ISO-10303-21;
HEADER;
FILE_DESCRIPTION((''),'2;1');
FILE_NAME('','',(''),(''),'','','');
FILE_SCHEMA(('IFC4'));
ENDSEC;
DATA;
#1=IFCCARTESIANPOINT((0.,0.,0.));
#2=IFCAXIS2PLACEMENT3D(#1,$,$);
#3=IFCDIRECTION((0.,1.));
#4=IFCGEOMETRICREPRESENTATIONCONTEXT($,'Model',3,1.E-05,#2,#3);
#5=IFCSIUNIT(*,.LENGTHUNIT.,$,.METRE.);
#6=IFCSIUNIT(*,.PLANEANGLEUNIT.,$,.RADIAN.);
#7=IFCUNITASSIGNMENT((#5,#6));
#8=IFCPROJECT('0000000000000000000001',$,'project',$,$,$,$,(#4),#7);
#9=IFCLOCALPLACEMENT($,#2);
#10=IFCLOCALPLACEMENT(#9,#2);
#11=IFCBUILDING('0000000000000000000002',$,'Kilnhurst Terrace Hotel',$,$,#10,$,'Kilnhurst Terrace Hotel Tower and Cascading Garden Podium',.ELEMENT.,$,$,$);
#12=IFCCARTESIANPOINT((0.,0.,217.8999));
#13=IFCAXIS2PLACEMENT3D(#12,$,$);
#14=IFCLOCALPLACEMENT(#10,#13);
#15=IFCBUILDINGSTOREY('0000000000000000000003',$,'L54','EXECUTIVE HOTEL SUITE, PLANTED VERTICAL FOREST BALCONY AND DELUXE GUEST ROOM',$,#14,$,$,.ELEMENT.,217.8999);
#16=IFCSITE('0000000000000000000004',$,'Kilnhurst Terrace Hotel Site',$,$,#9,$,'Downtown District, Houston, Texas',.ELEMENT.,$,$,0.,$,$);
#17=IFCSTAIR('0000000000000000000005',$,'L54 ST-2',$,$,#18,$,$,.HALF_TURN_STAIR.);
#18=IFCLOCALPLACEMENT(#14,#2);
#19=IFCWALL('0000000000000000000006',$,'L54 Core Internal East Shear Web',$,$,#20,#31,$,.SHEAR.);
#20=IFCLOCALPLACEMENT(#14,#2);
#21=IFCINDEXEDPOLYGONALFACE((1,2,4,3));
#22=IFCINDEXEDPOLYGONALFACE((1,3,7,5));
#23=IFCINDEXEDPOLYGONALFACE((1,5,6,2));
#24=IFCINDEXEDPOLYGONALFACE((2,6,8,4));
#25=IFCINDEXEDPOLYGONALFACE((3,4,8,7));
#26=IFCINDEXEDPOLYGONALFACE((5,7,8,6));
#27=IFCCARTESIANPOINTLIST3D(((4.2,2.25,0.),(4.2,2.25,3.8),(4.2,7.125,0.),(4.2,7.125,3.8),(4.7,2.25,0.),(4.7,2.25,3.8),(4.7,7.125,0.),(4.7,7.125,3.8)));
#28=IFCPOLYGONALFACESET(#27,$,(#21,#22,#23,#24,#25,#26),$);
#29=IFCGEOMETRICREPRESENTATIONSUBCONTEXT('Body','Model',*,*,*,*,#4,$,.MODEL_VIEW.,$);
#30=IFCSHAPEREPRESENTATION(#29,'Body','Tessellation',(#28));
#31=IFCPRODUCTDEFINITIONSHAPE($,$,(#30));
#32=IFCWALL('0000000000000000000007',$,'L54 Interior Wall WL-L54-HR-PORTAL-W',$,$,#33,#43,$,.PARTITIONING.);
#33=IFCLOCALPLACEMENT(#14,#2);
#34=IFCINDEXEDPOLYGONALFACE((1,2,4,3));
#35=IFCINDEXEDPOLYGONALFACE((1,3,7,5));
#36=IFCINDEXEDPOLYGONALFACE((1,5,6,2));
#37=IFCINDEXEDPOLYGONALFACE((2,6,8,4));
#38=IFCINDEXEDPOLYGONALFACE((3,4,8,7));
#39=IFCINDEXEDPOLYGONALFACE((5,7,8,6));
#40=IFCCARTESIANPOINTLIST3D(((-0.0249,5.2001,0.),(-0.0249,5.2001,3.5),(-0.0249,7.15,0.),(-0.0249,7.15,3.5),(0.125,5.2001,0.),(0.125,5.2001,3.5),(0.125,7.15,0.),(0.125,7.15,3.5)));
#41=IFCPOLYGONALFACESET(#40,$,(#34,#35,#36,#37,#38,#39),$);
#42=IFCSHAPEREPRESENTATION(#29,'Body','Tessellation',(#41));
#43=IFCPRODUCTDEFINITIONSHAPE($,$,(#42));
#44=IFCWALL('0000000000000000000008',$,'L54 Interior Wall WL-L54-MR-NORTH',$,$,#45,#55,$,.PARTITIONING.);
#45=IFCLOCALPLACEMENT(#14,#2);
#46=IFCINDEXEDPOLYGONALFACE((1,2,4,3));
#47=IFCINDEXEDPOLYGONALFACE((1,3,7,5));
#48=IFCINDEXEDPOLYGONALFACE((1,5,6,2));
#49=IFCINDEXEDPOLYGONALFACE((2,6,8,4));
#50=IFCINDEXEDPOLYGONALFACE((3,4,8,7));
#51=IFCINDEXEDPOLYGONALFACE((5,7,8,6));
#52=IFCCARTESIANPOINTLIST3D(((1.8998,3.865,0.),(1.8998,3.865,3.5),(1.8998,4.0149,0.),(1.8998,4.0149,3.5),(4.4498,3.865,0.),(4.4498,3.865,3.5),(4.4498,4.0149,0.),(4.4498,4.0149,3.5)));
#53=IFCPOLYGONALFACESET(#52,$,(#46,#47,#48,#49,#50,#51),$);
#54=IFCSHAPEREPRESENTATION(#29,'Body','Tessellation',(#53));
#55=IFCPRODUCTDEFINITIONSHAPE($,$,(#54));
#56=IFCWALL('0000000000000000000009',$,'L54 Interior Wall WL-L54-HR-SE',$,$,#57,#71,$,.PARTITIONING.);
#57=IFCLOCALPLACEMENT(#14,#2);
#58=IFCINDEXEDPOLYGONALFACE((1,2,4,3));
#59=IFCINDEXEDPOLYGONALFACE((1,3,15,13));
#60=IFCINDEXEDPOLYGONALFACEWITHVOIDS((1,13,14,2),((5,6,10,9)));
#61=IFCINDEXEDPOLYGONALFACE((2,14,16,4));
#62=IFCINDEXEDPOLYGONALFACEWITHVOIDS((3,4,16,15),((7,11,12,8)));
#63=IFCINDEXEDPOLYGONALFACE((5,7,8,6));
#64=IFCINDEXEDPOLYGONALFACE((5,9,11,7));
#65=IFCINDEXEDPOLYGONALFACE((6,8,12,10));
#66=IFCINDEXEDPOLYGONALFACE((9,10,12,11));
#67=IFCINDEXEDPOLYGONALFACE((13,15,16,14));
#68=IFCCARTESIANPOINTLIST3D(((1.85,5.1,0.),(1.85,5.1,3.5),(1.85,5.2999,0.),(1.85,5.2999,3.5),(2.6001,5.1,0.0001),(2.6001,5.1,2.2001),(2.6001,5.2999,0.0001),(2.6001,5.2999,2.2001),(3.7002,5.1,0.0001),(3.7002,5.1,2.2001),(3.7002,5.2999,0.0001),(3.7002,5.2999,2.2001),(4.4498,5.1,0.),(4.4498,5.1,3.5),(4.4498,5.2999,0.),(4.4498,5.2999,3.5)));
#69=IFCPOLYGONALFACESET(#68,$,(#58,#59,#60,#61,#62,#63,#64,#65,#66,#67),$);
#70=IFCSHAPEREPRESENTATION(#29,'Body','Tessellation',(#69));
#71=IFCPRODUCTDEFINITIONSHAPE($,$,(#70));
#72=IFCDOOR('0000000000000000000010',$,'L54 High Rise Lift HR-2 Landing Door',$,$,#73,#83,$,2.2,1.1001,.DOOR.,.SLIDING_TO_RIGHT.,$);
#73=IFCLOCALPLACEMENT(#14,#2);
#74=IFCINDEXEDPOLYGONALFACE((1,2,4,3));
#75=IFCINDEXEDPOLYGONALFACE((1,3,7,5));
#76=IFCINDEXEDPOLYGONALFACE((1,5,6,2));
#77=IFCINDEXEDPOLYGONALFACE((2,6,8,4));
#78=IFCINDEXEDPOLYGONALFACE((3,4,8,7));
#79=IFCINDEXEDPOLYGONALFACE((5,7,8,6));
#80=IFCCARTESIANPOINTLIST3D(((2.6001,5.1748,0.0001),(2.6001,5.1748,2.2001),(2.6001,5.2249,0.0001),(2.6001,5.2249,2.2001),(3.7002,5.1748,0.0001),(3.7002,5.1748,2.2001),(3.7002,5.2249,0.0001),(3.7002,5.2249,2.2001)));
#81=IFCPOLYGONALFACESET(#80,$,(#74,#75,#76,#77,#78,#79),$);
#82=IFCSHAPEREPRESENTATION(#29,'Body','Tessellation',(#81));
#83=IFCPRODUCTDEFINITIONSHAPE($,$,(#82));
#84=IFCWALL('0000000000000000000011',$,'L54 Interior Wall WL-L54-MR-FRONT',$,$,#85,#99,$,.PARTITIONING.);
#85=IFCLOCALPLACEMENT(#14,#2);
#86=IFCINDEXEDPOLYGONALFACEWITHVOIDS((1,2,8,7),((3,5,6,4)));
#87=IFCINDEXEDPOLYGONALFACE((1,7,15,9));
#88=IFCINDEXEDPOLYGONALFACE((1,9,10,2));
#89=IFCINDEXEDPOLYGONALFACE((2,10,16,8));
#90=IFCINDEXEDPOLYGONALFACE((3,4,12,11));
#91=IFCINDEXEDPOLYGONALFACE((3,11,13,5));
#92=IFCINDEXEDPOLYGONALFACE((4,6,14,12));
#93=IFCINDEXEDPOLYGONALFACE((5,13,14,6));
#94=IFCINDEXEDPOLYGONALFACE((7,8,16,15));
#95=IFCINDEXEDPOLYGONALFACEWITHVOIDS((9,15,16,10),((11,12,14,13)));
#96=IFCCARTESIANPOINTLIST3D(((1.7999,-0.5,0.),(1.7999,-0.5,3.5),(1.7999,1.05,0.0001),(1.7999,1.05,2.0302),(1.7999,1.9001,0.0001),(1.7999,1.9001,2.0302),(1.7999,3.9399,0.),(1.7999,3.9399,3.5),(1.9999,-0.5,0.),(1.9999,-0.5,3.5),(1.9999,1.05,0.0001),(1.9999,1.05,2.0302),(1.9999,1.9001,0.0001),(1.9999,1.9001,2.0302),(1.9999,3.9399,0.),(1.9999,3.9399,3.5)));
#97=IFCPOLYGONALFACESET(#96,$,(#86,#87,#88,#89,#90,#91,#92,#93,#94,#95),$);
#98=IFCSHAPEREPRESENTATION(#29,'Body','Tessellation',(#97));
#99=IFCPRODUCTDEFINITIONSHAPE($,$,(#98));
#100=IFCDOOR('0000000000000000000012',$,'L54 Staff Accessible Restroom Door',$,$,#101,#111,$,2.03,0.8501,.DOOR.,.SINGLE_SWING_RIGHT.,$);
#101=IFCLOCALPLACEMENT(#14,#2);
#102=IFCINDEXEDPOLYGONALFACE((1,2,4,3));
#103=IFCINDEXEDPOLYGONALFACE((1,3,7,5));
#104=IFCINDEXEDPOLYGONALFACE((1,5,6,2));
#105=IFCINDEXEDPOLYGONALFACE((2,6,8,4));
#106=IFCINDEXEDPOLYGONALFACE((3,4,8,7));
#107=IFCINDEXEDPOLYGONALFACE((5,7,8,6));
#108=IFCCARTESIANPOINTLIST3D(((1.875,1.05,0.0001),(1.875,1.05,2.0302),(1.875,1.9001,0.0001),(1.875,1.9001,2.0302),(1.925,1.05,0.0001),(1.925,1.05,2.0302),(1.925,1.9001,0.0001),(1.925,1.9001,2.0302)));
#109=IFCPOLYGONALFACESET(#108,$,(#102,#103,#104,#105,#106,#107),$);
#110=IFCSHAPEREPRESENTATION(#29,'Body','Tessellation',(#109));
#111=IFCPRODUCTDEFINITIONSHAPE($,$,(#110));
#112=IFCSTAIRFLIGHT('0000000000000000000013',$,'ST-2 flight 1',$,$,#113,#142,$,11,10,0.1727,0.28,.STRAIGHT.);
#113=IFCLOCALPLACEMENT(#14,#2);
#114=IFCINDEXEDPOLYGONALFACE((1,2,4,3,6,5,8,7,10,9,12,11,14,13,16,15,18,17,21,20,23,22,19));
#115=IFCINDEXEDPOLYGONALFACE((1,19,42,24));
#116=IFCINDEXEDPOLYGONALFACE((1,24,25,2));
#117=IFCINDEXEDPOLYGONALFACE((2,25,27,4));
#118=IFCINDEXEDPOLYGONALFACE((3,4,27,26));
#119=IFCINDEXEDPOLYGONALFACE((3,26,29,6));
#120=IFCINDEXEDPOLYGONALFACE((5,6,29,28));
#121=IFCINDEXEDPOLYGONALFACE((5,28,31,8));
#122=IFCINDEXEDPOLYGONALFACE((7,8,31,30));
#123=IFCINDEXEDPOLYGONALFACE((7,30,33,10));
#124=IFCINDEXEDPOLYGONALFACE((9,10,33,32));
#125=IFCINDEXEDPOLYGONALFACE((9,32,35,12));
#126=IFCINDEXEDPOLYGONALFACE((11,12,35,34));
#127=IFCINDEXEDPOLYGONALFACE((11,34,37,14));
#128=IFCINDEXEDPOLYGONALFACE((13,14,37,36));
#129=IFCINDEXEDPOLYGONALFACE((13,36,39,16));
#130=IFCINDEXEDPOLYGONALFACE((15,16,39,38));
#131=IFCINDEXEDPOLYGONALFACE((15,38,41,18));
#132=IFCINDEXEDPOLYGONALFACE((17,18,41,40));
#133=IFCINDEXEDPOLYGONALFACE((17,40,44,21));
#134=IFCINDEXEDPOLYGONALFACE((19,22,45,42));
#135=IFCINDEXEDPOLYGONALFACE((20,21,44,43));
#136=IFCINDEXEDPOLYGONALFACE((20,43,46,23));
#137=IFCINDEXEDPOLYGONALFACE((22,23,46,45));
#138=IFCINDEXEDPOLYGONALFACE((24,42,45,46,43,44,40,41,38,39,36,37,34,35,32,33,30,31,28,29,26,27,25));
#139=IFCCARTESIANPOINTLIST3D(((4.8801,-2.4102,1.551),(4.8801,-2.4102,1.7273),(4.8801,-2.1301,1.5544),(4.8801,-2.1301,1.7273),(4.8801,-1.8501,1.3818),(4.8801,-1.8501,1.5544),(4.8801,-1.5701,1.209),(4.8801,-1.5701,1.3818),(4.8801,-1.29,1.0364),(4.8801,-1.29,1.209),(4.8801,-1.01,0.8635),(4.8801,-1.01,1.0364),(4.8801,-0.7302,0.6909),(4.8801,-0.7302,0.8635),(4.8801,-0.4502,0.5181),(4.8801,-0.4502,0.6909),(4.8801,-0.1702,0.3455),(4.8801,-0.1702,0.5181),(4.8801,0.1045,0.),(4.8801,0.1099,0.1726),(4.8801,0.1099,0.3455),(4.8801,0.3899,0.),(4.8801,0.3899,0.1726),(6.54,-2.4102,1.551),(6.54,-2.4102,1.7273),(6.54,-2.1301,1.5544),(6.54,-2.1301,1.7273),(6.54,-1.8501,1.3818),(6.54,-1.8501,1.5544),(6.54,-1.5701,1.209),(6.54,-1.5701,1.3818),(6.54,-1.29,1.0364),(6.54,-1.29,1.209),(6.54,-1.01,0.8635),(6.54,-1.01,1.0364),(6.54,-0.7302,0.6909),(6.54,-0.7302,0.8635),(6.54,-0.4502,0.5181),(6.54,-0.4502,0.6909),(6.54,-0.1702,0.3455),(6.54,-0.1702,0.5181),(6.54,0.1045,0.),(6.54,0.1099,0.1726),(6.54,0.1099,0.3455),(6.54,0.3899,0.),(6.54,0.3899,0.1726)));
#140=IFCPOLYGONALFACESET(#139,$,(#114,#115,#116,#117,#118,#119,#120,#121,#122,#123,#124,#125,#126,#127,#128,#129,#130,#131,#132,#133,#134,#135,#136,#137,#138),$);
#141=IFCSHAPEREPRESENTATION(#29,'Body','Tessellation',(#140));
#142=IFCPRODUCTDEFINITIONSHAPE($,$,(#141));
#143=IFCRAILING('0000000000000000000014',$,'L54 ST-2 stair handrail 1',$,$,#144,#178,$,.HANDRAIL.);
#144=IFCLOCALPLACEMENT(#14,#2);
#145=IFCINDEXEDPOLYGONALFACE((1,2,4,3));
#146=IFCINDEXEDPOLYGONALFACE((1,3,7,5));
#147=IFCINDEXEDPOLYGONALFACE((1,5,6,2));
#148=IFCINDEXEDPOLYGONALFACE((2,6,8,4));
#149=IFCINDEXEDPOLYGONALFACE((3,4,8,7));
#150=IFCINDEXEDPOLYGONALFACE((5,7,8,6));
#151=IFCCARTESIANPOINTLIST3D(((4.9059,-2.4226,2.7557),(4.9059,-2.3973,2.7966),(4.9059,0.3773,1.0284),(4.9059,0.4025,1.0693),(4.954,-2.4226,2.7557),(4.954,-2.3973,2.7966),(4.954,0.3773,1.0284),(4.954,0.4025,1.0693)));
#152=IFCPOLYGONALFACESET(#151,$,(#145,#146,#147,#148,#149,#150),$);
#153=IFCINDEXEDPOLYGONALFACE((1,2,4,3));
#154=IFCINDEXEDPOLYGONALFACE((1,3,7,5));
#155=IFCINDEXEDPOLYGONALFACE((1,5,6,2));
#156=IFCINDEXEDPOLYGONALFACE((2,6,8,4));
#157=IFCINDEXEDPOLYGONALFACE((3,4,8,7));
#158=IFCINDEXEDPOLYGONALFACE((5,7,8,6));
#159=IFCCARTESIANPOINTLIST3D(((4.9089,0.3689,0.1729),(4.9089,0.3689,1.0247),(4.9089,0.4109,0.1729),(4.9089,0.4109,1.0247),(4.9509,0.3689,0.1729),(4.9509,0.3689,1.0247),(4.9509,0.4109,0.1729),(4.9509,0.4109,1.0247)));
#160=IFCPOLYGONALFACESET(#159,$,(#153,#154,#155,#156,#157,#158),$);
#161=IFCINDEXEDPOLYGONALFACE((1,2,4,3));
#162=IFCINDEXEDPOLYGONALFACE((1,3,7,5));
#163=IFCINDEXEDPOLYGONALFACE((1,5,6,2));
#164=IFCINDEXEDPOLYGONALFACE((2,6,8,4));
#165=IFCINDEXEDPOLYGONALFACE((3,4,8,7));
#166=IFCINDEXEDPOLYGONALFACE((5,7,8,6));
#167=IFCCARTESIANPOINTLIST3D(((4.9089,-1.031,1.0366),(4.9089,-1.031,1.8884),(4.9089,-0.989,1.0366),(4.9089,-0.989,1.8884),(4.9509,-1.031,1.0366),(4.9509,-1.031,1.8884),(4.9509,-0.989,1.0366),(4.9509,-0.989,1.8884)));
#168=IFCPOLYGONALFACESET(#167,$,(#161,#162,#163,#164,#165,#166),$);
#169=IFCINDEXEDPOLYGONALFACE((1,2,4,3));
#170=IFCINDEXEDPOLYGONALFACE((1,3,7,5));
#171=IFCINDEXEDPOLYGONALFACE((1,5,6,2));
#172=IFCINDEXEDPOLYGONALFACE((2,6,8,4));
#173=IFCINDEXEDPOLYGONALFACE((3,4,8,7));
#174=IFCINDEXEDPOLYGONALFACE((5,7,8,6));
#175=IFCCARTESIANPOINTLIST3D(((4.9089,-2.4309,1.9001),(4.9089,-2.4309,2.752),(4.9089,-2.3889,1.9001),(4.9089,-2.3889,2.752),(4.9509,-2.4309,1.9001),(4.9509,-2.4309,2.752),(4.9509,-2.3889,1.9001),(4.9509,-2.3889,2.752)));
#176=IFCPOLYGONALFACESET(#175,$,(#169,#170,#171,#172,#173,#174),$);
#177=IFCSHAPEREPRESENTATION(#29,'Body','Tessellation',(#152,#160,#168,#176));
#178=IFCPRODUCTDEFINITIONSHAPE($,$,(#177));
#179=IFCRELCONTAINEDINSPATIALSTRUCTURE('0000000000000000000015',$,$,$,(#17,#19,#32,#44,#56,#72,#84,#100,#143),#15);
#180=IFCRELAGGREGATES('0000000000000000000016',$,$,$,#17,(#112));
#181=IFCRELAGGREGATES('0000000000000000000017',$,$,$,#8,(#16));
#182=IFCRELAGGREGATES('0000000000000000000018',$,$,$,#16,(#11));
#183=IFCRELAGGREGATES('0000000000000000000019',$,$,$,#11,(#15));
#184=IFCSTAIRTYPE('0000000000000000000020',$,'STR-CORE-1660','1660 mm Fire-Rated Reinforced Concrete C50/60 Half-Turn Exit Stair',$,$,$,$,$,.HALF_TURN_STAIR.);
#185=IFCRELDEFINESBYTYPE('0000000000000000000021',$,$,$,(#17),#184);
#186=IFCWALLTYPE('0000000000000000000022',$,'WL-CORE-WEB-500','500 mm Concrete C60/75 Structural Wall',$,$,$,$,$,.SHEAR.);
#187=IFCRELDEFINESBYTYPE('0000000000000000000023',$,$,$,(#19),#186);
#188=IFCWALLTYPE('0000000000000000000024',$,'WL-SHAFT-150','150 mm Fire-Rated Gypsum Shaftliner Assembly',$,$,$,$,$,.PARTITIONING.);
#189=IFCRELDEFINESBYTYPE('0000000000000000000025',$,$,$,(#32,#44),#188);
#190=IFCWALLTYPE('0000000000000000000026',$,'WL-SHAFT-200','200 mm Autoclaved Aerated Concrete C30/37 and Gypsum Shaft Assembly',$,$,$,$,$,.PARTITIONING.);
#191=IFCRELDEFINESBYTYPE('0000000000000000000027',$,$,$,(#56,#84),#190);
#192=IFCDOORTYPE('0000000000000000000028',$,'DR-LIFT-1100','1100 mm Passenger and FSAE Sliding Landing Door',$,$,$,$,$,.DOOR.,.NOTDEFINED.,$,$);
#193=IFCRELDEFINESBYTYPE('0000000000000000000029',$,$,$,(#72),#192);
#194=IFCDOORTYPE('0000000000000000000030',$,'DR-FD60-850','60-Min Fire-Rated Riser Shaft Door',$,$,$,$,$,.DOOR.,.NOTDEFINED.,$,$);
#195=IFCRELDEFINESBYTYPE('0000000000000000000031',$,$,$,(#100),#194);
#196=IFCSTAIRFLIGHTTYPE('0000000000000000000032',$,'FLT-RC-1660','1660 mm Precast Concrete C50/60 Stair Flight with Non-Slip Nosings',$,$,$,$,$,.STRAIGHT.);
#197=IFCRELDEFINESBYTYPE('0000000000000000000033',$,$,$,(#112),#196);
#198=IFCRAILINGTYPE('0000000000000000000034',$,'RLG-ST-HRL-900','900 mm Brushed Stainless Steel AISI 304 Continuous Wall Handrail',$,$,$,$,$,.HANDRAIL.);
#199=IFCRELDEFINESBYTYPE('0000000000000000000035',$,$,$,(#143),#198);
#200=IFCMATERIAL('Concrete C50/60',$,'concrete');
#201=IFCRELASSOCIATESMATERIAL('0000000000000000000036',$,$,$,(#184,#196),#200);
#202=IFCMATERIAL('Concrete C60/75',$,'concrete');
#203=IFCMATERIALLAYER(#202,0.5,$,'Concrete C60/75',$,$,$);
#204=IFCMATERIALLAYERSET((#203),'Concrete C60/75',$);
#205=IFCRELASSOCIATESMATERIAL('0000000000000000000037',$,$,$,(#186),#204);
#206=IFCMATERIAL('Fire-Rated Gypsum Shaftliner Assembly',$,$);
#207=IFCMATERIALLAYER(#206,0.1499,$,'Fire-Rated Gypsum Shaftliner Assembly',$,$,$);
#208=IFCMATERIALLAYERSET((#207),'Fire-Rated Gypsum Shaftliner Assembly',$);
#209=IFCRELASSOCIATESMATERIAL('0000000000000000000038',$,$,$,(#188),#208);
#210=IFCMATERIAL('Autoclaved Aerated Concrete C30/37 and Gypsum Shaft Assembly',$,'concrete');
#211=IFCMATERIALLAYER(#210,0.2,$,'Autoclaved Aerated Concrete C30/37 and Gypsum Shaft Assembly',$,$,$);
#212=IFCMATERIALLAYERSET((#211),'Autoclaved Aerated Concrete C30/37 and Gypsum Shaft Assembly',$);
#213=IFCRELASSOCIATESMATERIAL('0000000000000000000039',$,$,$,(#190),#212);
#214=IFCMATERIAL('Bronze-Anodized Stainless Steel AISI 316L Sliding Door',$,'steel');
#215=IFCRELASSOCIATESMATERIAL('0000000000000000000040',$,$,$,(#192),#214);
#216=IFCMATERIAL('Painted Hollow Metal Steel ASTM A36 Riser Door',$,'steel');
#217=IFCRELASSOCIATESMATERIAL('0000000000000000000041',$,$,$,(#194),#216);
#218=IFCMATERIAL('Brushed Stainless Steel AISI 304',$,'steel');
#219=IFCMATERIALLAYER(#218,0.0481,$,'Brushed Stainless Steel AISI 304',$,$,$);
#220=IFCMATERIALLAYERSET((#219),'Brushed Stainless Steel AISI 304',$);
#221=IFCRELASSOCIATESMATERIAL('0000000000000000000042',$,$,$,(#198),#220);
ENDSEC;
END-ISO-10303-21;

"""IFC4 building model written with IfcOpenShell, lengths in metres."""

from ifc_helpers import new_model, si_unit, direction, frame, frame_2d, origin, origin_2d, place, context, subcontext, project, spatial, polyline, rectangle, outline, extrude, material, layer, layer_set, type_object, element, fill, aggregate, save


model = new_model("IFC4")

# Units and contexts
model_context = context("Model", 3, precision=1e-05, world=origin(), true_north=direction((0.0, 1.0)))
body_context = subcontext(model_context, "Body", "Model", "MODEL_VIEW")
ifc_project = project(units=[si_unit("LENGTHUNIT", "METRE"), si_unit("PLANEANGLEUNIT", "RADIAN")], contexts=[model_context])

# Site, building, storey
site_placement = place(None, origin())
site = spatial("IfcSite", under=ifc_project, at=site_placement, Name="Kilnhurst Terrace Hotel Site", LongName="Downtown District, Houston, Texas", CompositionType="ELEMENT", RefElevation=0.0)
building_placement = place(site_placement, origin())
building = spatial("IfcBuilding", under=site, at=building_placement, Name="Kilnhurst Terrace Hotel", LongName="Kilnhurst Terrace Hotel Tower and Cascading Garden Podium", CompositionType="ELEMENT")
storey_placement = place(building_placement, frame((0.0, 0.0, 217.8999)))
storey = spatial("IfcBuildingStorey", under=building, at=storey_placement, Name="L54", Description="EXECUTIVE HOTEL SUITE, PLANTED VERTICAL FOREST BALCONY AND DELUXE GUEST ROOM", CompositionType="ELEMENT", Elevation=217.8999)

# Shared definitions
ifc_material_1 = material(Name="Concrete C50/60", Category="concrete")

# Stair
stair_type = type_object("IfcStairType", Name="STR-CORE-1660", Description="1660 mm Fire-Rated Reinforced Concrete C50/60 Half-Turn Exit Stair", PredefinedType="HALF_TURN_STAIR", material=ifc_material_1)
stair_1_placement = place(storey_placement, origin())
stair_1 = element("IfcStair", 1, at=stair_1_placement, inside=storey, type_object=stair_type, Name="L54 ST-2", PredefinedType="HALF_TURN_STAIR")

# Walls
ifc_material_2 = material(Name="Concrete C60/75", Category="concrete")
ifc_layer_1 = layer(ifc_material_2, 0.5, Name="Concrete C60/75")
ifc_layer_set_1 = layer_set([ifc_layer_1], Name="Concrete C60/75")
wall_type_1 = type_object("IfcWallType", Name="WL-CORE-WEB-500", Description="500 mm Concrete C60/75 Structural Wall", PredefinedType="SHEAR", material=ifc_layer_set_1)
wall_1_placement = place(storey_placement, frame((4.45, 2.25, 0.0), z_axis=(0.0, 0.0, 1.0), x_axis=(0.0, 1.0, 0.0)))
element("IfcWall", 2, at=wall_1_placement, inside=storey, type_object=wall_type_1, Name="L54 Core Internal East Shear Web", PredefinedType="SHEAR", context=body_context, shape_type="SweptSolid", body=[
    extrude(rectangle(XDim=4.875, YDim=0.5, at=frame_2d((2.4375, 0.0))), origin(), (0.0, 0.0, 1.0), 3.8),
])
ifc_material_3 = material(Name="Fire-Rated Gypsum Shaftliner Assembly")
ifc_layer_2 = layer(ifc_material_3, 0.1499, Name="Fire-Rated Gypsum Shaftliner Assembly")
ifc_layer_set_2 = layer_set([ifc_layer_2], Name="Fire-Rated Gypsum Shaftliner Assembly")
wall_type_2 = type_object("IfcWallType", Name="WL-SHAFT-150", Description="150 mm Fire-Rated Gypsum Shaftliner Assembly", PredefinedType="PARTITIONING", material=ifc_layer_set_2)
wall_2_placement = place(storey_placement, frame((0.05, 5.2, 0.0), z_axis=(0.0, 0.0, 1.0), x_axis=(0.0, 1.0, 0.0)))
element("IfcWall", 3, at=wall_2_placement, inside=storey, type_object=wall_type_2, Name="L54 Interior Wall WL-L54-HR-PORTAL-W", PredefinedType="PARTITIONING", context=body_context, shape_type="SweptSolid", body=[
    extrude(rectangle(XDim=1.95, YDim=0.1499, at=frame_2d((0.9751, 0.0))), origin(), (0.0, 0.0, 1.0), 3.5),
])
wall_3_placement = place(storey_placement, frame((1.8999, 3.9399, 0.0), z_axis=(0.0, 0.0, 1.0), x_axis=(1.0, 0.0, 0.0)))
element("IfcWall", 4, at=wall_3_placement, inside=storey, type_object=wall_type_2, Name="L54 Interior Wall WL-L54-MR-NORTH", PredefinedType="PARTITIONING", context=body_context, shape_type="SweptSolid", body=[
    extrude(rectangle(XDim=2.55, YDim=0.1499, at=frame_2d((1.2749, 0.0))), origin(), (0.0, 0.0, 1.0), 3.5),
])

# Walls, openings, doors
ifc_material_4 = material(Name="Autoclaved Aerated Concrete C30/37 and Gypsum Shaft Assembly", Category="concrete")
ifc_layer_3 = layer(ifc_material_4, 0.2, Name="Autoclaved Aerated Concrete C30/37 and Gypsum Shaft Assembly")
ifc_layer_set_3 = layer_set([ifc_layer_3], Name="Autoclaved Aerated Concrete C30/37 and Gypsum Shaft Assembly")
wall_type_3 = type_object("IfcWallType", Name="WL-SHAFT-200", Description="200 mm Autoclaved Aerated Concrete C30/37 and Gypsum Shaft Assembly", PredefinedType="PARTITIONING", material=ifc_layer_set_3)
wall_4_placement = place(storey_placement, frame((1.8501, 5.2, 0.0), z_axis=(0.0, 0.0, 1.0), x_axis=(1.0, 0.0, 0.0)))
wall_4 = element("IfcWall", 5, at=wall_4_placement, inside=storey, type_object=wall_type_3, Name="L54 Interior Wall WL-L54-HR-SE", PredefinedType="PARTITIONING", context=body_context, shape_type="SweptSolid", body=[
    extrude(rectangle(XDim=2.5999, YDim=0.2, at=frame_2d((1.2998, 0.0))), origin(), (0.0, 0.0, 1.0), 3.5),
])
opening_1_placement = place(wall_4_placement, frame((0.75, 0.0, 0.0)))
opening_1 = element("IfcOpeningElement", 6, at=opening_1_placement, cuts=wall_4, PredefinedType="OPENING", context=body_context, shape_type="SweptSolid", body=[
    extrude(rectangle(XDim=1.1001, YDim=2.2, at=frame_2d((0.55, 1.1001))), frame((0.0, 0.1099, 0.0), z_axis=(0.0, -1.0, 0.0), x_axis=(1.0, 0.0, 0.0)), (0.0, 0.0, 1.0), 0.22),
])
ifc_material_5 = material(Name="Bronze-Anodized Stainless Steel AISI 316L Sliding Door", Category="steel")
door_type_1 = type_object("IfcDoorType", Name="DR-LIFT-1100", Description="1100 mm Passenger and FSAE Sliding Landing Door", OperationType="NOTDEFINED", PredefinedType="DOOR", material=ifc_material_5)
door_1_placement = place(opening_1_placement, origin())
door_1 = element("IfcDoor", 7, at=door_1_placement, inside=storey, type_object=door_type_1, Name="L54 High Rise Lift HR-2 Landing Door", OperationType="SLIDING_TO_RIGHT", OverallHeight=2.2, OverallWidth=1.1001, PredefinedType="DOOR", context=body_context, shape_type="SweptSolid", body=[
    extrude(rectangle(XDim=1.1001, YDim=2.2, at=frame_2d((0.55, 1.1001))), frame((0.0, 0.0249, 0.0), z_axis=(0.0, -1.0, 0.0), x_axis=(1.0, 0.0, 0.0)), (0.0, 0.0, 1.0), 0.05),
])
fill(opening_1, door_1)
wall_5_placement = place(storey_placement, frame((1.8999, -0.5, 0.0), z_axis=(0.0, 0.0, 1.0), x_axis=(0.0, 1.0, 0.0)))
wall_5 = element("IfcWall", 8, at=wall_5_placement, inside=storey, type_object=wall_type_3, Name="L54 Interior Wall WL-L54-MR-FRONT", PredefinedType="PARTITIONING", context=body_context, shape_type="SweptSolid", body=[
    extrude(rectangle(XDim=4.4399, YDim=0.2, at=frame_2d((2.22, 0.0))), origin(), (0.0, 0.0, 1.0), 3.5),
])
opening_2_placement = place(wall_5_placement, frame((1.55, 0.0, 0.0)))
opening_2 = element("IfcOpeningElement", 9, at=opening_2_placement, cuts=wall_5, PredefinedType="OPENING", context=body_context, shape_type="SweptSolid", body=[
    extrude(rectangle(XDim=0.8501, YDim=2.03, at=frame_2d((0.425, 1.0151))), frame((0.0, 0.1099, 0.0), z_axis=(0.0, -1.0, 0.0), x_axis=(1.0, 0.0, 0.0)), (0.0, 0.0, 1.0), 0.22),
])
ifc_material_6 = material(Name="Painted Hollow Metal Steel ASTM A36 Riser Door", Category="steel")
door_type_2 = type_object("IfcDoorType", Name="DR-FD60-850", Description="60-Min Fire-Rated Riser Shaft Door", OperationType="NOTDEFINED", PredefinedType="DOOR", material=ifc_material_6)
door_2_placement = place(opening_2_placement, origin())
door_2 = element("IfcDoor", 10, at=door_2_placement, inside=storey, type_object=door_type_2, Name="L54 Staff Accessible Restroom Door", OperationType="SINGLE_SWING_RIGHT", OverallHeight=2.03, OverallWidth=0.8501, PredefinedType="DOOR", context=body_context, shape_type="SweptSolid", body=[
    extrude(rectangle(XDim=0.8501, YDim=2.03, at=frame_2d((0.425, 1.0151))), frame((0.0, 0.0249, 0.0), z_axis=(0.0, -1.0, 0.0), x_axis=(1.0, 0.0, 0.0)), (0.0, 0.0, 1.0), 0.05),
])
fill(opening_2, door_2)

# Stair flight
stair_flight_type = type_object("IfcStairFlightType", Name="FLT-RC-1660", Description="1660 mm Precast Concrete C50/60 Stair Flight with Non-Slip Nosings", PredefinedType="STRAIGHT", material=ifc_material_1)
stair_flight_placement = place(storey_placement, frame((5.71, 0.3899, 0.0), z_axis=(0.0, 0.0, 1.0), x_axis=(0.0, -1.0, 0.0)))
stair_flight = element("IfcStairFlight", 11, at=stair_flight_placement, type_object=stair_flight_type, Name="ST-2 flight 1", NumberOfRisers=11, NumberOfTreads=10, PredefinedType="STRAIGHT", RiserHeight=0.1727, TreadLength=0.28, context=body_context, shape_type="SweptSolid", body=[
    extrude(outline(polyline([(0.0, 0.0), (0.0, 0.1726), (0.28, 0.1726), (0.28, 0.3455), (0.5601, 0.3455), (0.5601, 0.5181), (0.8401, 0.5181), (0.8401, 0.6909), (1.1201, 0.6909), (1.1201, 0.8635), (1.3999, 0.8635), (1.3999, 1.0364), (1.6799, 1.0364), (1.6799, 1.209), (1.96, 1.209), (1.96, 1.3818), (2.24, 1.3818), (2.24, 1.5544), (2.52, 1.5544), (2.52, 1.7273), (2.8, 1.7273), (2.8, 1.8999), (2.8, 1.551), (0.2854, 0.0), (0.0, 0.0)])), frame((0.0, 0.8301, 0.0), z_axis=(0.0, -1.0, 0.0), x_axis=(1.0, 0.0, 0.0)), (0.0, 0.0, 1.0), 1.6599),
])
aggregate(stair_1, [stair_flight])

# Railing
ifc_material_7 = material(Name="Brushed Stainless Steel AISI 304", Category="steel")
ifc_layer_4 = layer(ifc_material_7, 0.0481, Name="Brushed Stainless Steel AISI 304")
ifc_layer_set_4 = layer_set([ifc_layer_4], Name="Brushed Stainless Steel AISI 304")
railing_type = type_object("IfcRailingType", Name="RLG-ST-HRL-900", Description="900 mm Brushed Stainless Steel AISI 304 Continuous Wall Handrail", PredefinedType="HANDRAIL", material=ifc_layer_set_4)
railing_placement = place(storey_placement, frame((4.9299, 0.3899, 0.1729)))
element("IfcRailing", 12, at=railing_placement, inside=storey, type_object=railing_type, Name="L54 ST-2 stair handrail 1", PredefinedType="HANDRAIL", context=body_context, shape_type="SweptSolid", body=[
    extrude(rectangle(XDim=0.0481, YDim=0.0481, at=origin_2d()), frame((0.0, 0.0, 0.876), z_axis=(0.0, -0.851069, 0.525054), x_axis=(1.0, 0.0, 0.0)), (0.0, 0.0, 1.0), 3.2898),
    extrude(rectangle(XDim=0.042, YDim=0.042, at=origin_2d()), origin(), (0.0, 0.0, 1.0), 0.8518),
    extrude(rectangle(XDim=0.042, YDim=0.042, at=origin_2d()), frame((0.0, -1.3999, 0.8638)), (0.0, 0.0, 1.0), 0.8518),
    extrude(rectangle(XDim=0.042, YDim=0.042, at=origin_2d()), frame((0.0, -2.7998, 1.7273)), (0.0, 0.0, 1.0), 0.8518),
])

save(model, "model.ifc")
